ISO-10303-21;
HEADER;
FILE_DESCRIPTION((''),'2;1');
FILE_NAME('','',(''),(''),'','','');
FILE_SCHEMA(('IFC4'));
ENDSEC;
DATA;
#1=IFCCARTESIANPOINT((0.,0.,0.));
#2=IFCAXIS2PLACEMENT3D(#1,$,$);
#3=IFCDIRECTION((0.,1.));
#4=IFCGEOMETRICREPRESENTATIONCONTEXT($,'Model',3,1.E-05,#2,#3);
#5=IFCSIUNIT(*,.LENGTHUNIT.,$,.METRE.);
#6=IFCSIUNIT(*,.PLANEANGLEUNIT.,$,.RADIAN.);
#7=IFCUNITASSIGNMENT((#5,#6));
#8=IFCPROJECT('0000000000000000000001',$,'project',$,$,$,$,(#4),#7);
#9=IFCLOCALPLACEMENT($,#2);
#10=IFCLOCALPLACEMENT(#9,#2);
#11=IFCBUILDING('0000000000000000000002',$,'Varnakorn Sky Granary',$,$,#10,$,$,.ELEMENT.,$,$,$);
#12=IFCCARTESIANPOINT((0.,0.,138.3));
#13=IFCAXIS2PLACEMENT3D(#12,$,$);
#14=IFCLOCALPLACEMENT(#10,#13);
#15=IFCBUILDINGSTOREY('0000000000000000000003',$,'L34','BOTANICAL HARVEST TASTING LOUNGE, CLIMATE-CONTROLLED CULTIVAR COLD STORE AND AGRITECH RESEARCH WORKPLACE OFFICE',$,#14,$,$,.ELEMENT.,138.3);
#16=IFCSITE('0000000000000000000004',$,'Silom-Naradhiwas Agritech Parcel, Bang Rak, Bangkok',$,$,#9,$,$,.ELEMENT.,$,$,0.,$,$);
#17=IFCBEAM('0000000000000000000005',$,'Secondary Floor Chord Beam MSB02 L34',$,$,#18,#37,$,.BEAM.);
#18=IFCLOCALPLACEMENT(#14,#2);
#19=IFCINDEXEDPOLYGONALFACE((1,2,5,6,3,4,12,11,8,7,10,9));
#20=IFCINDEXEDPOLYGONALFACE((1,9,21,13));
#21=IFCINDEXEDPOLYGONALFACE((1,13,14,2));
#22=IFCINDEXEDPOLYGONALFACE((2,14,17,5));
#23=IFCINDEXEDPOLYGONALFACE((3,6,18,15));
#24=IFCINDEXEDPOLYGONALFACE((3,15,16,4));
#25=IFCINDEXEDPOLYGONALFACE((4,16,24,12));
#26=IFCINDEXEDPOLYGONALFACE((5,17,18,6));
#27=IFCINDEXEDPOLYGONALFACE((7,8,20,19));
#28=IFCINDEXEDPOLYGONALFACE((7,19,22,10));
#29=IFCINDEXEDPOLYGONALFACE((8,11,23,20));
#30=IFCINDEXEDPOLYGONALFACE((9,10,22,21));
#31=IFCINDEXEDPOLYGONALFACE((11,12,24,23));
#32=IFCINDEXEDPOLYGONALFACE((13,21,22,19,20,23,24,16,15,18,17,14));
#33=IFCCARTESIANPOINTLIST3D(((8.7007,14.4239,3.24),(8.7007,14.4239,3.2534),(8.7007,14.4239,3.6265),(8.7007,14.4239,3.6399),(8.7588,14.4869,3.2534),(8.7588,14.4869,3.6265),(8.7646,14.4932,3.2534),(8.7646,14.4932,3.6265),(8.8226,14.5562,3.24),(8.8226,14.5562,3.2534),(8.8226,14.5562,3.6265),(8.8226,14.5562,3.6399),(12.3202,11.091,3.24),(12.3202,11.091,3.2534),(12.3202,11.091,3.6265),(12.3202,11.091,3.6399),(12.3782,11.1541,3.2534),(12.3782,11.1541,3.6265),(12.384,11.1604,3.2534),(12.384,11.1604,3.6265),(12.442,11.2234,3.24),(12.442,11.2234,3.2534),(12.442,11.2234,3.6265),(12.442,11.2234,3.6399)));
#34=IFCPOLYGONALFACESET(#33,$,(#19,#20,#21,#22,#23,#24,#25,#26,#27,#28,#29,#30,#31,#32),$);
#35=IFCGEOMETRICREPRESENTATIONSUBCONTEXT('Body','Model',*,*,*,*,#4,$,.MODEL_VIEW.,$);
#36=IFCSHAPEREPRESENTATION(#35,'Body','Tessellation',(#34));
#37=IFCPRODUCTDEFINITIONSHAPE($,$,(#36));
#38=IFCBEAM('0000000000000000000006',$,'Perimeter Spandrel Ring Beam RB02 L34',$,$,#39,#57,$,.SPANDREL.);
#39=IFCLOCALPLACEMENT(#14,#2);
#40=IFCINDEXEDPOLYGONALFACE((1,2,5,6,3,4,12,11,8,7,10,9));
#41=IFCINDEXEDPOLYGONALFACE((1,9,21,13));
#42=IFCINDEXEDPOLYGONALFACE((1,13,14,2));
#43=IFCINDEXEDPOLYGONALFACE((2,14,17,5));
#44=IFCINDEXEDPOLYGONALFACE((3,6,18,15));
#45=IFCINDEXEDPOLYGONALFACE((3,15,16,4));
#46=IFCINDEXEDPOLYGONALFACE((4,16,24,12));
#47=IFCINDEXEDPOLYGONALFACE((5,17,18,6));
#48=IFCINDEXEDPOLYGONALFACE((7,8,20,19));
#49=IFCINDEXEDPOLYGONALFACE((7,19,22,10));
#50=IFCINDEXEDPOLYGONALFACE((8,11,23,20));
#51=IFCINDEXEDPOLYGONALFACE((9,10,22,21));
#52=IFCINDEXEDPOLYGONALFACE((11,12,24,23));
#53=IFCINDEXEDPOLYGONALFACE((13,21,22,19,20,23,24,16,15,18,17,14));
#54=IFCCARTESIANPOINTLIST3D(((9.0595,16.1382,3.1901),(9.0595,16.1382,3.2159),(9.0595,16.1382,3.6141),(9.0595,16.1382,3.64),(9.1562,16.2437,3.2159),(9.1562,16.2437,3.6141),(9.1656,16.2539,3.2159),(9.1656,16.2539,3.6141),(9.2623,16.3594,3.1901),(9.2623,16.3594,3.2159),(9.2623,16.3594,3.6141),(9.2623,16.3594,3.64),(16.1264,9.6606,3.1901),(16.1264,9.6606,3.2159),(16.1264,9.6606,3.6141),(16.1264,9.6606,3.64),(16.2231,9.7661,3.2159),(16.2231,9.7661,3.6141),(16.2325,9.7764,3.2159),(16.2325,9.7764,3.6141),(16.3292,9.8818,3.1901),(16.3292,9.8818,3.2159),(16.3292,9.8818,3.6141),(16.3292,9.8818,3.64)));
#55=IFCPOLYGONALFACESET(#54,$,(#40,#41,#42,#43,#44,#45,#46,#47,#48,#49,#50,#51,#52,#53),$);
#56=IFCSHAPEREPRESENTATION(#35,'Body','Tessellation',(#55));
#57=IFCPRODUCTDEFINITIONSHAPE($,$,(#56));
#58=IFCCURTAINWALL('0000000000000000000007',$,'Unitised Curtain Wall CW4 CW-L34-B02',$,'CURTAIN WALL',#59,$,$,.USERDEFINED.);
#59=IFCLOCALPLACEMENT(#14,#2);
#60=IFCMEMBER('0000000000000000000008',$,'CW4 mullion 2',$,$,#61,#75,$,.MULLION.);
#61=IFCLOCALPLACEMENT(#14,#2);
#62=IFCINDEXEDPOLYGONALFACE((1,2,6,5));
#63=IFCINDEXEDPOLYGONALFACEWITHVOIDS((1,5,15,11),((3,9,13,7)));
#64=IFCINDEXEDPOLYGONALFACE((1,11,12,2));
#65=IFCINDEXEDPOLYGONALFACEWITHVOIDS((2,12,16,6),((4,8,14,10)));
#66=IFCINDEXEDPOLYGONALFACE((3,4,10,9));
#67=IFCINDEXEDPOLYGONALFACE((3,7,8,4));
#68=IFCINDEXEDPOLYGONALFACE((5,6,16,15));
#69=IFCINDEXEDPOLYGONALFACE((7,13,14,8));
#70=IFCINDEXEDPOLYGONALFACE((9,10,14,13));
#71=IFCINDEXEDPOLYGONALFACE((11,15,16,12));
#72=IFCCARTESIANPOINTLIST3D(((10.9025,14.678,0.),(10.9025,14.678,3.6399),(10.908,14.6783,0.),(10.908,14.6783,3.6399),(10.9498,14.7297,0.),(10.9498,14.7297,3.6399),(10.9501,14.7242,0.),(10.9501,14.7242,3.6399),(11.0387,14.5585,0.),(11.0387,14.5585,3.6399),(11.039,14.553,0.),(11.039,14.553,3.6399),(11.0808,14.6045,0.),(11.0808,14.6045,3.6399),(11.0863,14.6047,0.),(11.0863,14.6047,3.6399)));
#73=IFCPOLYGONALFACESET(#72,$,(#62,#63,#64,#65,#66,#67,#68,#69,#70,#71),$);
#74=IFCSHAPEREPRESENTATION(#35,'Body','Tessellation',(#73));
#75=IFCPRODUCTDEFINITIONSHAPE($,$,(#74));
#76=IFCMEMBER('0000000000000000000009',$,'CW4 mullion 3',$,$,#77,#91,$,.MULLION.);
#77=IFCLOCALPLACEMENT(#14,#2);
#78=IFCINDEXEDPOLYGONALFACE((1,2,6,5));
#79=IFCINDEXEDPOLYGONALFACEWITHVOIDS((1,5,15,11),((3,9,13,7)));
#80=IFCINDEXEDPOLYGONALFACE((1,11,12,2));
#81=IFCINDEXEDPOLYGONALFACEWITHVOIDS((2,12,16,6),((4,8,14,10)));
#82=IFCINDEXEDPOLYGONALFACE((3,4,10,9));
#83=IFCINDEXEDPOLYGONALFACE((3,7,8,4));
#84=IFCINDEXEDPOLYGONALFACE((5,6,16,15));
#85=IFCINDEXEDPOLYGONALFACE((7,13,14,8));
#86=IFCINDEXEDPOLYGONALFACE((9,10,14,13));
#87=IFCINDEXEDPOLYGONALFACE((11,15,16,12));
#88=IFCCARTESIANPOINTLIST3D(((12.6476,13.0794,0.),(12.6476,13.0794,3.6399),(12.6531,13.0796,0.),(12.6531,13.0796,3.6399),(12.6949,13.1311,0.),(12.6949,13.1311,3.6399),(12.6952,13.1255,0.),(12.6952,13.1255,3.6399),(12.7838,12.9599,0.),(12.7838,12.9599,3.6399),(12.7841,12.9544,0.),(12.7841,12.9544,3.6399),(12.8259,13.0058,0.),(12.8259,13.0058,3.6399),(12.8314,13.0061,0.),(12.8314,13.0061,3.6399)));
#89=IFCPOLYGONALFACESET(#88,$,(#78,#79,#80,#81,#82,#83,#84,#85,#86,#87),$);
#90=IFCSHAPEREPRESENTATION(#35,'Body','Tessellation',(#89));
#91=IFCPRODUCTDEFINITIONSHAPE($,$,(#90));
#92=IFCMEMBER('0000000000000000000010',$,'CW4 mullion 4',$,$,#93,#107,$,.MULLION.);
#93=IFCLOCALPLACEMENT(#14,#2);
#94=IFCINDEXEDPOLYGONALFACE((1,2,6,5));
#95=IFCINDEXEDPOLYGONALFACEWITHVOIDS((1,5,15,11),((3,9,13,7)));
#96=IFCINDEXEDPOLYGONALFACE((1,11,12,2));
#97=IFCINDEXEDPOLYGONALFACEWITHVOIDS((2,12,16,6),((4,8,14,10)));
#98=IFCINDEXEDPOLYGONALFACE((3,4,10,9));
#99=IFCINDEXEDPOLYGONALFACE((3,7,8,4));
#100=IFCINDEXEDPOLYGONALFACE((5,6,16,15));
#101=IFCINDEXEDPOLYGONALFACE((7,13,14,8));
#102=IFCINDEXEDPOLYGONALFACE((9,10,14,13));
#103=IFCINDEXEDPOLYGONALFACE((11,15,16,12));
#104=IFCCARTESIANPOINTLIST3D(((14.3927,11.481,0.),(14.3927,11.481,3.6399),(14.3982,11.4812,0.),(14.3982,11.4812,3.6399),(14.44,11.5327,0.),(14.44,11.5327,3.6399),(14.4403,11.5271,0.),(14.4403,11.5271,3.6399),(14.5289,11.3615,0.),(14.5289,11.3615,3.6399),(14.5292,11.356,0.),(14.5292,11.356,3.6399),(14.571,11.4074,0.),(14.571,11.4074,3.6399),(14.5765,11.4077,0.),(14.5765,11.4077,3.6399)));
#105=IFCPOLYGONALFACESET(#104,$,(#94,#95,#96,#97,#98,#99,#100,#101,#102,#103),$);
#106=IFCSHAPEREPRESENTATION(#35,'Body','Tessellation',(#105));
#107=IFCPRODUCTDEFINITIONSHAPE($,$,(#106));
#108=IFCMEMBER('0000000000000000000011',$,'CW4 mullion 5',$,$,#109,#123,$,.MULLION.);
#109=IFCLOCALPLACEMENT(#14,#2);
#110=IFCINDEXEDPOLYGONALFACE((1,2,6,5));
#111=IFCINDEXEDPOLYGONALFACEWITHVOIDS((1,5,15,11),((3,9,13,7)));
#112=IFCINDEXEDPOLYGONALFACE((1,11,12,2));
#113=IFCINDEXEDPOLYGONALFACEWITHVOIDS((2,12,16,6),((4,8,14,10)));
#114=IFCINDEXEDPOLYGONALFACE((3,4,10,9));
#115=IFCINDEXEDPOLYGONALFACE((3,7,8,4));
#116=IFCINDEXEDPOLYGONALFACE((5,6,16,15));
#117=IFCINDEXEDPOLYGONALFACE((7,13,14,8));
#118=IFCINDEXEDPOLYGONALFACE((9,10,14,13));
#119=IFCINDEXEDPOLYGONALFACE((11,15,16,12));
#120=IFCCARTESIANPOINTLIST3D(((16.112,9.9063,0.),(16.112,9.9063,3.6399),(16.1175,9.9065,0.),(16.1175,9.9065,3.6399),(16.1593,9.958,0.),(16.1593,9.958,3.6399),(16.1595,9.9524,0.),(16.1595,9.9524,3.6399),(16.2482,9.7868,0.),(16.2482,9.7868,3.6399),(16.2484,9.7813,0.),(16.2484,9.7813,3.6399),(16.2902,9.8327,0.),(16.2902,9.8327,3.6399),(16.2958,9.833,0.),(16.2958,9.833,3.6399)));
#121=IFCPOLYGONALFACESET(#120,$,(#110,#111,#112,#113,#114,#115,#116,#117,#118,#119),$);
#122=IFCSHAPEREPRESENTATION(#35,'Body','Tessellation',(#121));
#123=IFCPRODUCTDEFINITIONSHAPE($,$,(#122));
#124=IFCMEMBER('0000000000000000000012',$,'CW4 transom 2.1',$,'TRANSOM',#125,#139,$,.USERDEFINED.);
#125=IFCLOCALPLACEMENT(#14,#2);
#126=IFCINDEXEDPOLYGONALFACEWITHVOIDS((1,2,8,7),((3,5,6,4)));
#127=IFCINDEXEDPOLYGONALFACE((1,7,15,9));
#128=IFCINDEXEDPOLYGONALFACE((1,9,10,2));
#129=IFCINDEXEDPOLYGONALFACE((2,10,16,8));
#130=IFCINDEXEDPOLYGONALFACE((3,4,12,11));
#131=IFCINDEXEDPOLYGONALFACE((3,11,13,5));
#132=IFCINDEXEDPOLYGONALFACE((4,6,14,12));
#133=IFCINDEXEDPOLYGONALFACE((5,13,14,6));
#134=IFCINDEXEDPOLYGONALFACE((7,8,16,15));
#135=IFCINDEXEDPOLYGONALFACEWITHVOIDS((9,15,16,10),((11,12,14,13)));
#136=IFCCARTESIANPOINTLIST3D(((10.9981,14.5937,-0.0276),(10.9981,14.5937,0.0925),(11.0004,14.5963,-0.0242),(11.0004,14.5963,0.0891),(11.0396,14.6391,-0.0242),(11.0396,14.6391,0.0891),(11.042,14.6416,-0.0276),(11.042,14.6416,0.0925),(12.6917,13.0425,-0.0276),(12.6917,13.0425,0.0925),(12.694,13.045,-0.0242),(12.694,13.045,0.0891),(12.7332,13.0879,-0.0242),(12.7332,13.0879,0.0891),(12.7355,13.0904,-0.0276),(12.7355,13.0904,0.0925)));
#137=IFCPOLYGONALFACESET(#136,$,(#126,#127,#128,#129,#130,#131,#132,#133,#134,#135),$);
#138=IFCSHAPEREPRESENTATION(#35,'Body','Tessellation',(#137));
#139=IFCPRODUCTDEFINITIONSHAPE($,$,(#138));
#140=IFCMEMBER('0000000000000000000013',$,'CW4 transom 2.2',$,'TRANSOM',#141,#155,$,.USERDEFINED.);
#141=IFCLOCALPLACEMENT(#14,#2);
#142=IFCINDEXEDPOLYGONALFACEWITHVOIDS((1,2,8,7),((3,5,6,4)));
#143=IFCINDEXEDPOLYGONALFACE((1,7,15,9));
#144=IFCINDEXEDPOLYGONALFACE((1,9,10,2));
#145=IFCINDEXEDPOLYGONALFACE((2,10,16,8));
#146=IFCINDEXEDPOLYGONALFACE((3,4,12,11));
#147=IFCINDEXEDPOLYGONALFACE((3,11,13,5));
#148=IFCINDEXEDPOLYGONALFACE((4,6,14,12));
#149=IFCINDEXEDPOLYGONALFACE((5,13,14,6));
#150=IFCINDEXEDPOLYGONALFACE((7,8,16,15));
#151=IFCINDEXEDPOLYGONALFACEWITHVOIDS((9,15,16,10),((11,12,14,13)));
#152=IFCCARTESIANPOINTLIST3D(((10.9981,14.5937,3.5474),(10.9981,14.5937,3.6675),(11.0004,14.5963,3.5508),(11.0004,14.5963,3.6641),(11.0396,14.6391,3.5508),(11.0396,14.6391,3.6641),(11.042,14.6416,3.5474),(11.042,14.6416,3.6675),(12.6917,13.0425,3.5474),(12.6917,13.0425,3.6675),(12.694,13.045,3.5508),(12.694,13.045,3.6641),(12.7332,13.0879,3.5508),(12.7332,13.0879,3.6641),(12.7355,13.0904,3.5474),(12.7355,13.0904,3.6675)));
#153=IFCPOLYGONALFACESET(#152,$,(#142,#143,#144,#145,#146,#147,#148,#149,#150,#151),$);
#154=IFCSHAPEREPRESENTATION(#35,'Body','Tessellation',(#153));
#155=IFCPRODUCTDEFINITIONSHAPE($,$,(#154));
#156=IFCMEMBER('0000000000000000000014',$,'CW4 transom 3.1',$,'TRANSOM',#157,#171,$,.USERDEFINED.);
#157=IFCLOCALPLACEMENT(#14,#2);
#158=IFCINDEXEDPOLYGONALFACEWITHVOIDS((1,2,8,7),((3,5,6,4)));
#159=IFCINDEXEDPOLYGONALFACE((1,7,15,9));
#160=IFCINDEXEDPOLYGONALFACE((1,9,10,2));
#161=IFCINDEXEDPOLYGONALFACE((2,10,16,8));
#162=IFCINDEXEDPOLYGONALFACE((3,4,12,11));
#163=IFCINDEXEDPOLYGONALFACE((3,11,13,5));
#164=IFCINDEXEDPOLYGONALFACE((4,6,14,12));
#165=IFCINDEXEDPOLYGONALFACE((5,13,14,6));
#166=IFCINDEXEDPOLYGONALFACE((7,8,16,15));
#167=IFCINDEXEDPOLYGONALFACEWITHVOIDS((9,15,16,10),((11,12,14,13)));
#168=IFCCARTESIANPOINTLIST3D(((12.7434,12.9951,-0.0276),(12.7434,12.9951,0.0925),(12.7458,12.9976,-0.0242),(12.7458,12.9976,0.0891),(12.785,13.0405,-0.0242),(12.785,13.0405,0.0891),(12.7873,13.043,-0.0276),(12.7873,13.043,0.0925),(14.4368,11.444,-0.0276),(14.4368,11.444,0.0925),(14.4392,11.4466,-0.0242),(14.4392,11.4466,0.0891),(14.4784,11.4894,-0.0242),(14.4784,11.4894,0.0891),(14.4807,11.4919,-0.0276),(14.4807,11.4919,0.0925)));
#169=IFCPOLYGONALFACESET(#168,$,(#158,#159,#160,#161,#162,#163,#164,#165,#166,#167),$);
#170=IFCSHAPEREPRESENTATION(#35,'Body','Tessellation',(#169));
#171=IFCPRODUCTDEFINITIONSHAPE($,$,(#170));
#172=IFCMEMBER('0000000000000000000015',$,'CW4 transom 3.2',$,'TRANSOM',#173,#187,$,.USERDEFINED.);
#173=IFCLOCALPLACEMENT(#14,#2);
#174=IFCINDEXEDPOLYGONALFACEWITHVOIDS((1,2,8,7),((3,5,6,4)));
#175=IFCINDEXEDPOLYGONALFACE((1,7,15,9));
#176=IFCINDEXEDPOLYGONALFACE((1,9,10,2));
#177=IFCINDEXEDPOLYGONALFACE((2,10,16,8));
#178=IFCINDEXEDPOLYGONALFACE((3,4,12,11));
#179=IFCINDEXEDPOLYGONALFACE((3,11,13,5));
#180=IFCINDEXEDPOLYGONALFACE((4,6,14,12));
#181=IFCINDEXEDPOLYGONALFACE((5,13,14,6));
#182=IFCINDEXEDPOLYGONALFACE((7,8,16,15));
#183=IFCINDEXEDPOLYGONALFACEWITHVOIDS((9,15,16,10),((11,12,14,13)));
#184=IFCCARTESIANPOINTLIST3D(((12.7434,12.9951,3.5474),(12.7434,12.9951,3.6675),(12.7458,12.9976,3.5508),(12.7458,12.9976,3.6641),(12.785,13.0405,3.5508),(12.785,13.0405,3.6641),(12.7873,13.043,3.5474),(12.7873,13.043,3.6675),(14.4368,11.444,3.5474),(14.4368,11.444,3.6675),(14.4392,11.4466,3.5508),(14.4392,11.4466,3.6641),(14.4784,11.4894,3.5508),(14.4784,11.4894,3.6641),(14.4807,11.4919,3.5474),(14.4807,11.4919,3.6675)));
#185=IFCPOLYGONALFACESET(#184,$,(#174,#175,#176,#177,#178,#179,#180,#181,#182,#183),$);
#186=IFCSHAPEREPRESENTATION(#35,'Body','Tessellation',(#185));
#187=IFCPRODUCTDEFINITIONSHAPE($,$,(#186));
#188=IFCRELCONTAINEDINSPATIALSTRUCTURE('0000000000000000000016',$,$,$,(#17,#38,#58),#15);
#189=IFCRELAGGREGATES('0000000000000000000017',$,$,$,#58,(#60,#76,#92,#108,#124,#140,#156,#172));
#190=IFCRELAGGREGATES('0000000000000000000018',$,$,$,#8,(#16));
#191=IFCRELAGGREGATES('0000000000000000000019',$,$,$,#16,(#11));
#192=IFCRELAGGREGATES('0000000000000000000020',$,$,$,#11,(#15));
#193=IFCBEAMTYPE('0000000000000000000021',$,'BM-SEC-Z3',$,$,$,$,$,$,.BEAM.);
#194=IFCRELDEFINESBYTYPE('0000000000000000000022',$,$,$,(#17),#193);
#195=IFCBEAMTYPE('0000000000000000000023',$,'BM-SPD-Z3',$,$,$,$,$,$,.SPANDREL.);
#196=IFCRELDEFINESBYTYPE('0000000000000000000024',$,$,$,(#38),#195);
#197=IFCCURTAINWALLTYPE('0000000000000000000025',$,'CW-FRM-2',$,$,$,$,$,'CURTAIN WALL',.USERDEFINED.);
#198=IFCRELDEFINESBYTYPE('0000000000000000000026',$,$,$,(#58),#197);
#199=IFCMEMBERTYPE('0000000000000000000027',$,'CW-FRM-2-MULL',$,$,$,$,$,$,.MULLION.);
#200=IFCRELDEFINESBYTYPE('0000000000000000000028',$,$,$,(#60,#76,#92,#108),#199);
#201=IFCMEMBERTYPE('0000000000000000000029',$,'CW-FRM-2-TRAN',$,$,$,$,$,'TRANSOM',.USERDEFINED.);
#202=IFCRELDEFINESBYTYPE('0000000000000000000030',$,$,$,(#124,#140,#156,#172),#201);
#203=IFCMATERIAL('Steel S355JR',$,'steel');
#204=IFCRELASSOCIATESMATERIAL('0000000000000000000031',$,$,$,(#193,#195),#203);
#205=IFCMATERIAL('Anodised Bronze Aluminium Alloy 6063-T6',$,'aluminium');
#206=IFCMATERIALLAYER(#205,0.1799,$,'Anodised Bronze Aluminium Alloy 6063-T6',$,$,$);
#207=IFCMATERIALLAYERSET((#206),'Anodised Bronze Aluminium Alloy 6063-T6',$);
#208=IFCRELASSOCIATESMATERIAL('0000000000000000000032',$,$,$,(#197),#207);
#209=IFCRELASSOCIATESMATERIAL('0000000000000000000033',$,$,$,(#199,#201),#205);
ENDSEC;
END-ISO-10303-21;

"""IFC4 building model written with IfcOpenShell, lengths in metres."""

from ifc_helpers import new_model, si_unit, direction, frame, origin, origin_2d, place, context, subcontext, project, spatial, hollow_rectangle, i_section, extrude, material, layer, layer_set, material_profile, profile_set, type_object, element, aggregate, save


model = new_model("IFC4")

# Units and contexts
model_context = context("Model", 3, precision=1e-05, world=origin(), true_north=direction((0.0, 1.0)))
body_context = subcontext(model_context, "Body", "Model", "MODEL_VIEW")
ifc_project = project(units=[si_unit("LENGTHUNIT", "METRE"), si_unit("PLANEANGLEUNIT", "RADIAN")], contexts=[model_context])

# Site, building, storey
site_placement = place(None, origin())
site = spatial("IfcSite", under=ifc_project, at=site_placement, Name="Silom-Naradhiwas Agritech Parcel, Bang Rak, Bangkok", CompositionType="ELEMENT", RefElevation=0.0)
building_placement = place(site_placement, origin())
building = spatial("IfcBuilding", under=site, at=building_placement, Name="Varnakorn Sky Granary", CompositionType="ELEMENT")
storey_placement = place(building_placement, frame((0.0, 0.0, 138.3)))
storey = spatial("IfcBuildingStorey", under=building, at=storey_placement, Name="L34", Description="BOTANICAL HARVEST TASTING LOUNGE, CLIMATE-CONTROLLED CULTIVAR COLD STORE AND AGRITECH RESEARCH WORKPLACE OFFICE", CompositionType="ELEMENT", Elevation=138.3)

# Beams
ifc_material_1 = material(Name="Steel S355JR", Category="steel")
ifc_material_profile_1 = material_profile(ifc_material_1, i_section(OverallWidth=0.1799, OverallDepth=0.3999, WebThickness=0.0085, FlangeThickness=0.0134, at=origin_2d()), Name="IPE 400")
ifc_profile_set_1 = profile_set([ifc_material_profile_1], Name="Steel S355JR")
beam_type_1 = type_object("IfcBeamType", Name="BM-SEC-Z3", PredefinedType="BEAM", material=ifc_profile_set_1)
beam_1_placement = place(storey_placement, frame((12.3811, 11.1572, 3.4399), z_axis=(-0.735634, 0.677379, 0.0), x_axis=(-0.677379, -0.735634, 0.0)))
element("IfcBeam", 1, at=beam_1_placement, inside=storey, type_object=beam_type_1, Name="Secondary Floor Chord Beam MSB02 L34", PredefinedType="BEAM", context=body_context, shape_type="SweptSolid", body=[
    extrude(i_section(OverallWidth=0.1799, OverallDepth=0.3999, WebThickness=0.0085, FlangeThickness=0.0134, at=origin_2d()), origin(), (0.0, 0.0, 1.0), 4.9202),
])
ifc_material_profile_2 = material_profile(ifc_material_1, i_section(OverallWidth=0.3, OverallDepth=0.45, WebThickness=0.0139, FlangeThickness=0.0259, at=origin_2d()), Name="HE 450 B")
ifc_profile_set_2 = profile_set([ifc_material_profile_2], Name="Steel S355JR")
beam_type_2 = type_object("IfcBeamType", Name="BM-SPD-Z3", PredefinedType="SPANDREL", material=ifc_profile_set_2)
beam_2_placement = place(storey_placement, frame((16.2278, 9.7712, 3.415), z_axis=(-0.737177, 0.675699, 0.0), x_axis=(-0.675699, -0.737177, 0.0)))
element("IfcBeam", 2, at=beam_2_placement, inside=storey, type_object=beam_type_2, Name="Perimeter Spandrel Ring Beam RB02 L34", PredefinedType="SPANDREL", context=body_context, shape_type="SweptSolid", body=[
    extrude(i_section(OverallWidth=0.3, OverallDepth=0.45, WebThickness=0.0139, FlangeThickness=0.0259, at=origin_2d()), origin(), (0.0, 0.0, 1.0), 9.5864),
])

# Curtain wall, members
ifc_material_2 = material(Name="Anodised Bronze Aluminium Alloy 6063-T6", Category="aluminium")
ifc_layer_1 = layer(ifc_material_2, 0.1799, Name="Anodised Bronze Aluminium Alloy 6063-T6")
ifc_layer_set_1 = layer_set([ifc_layer_1], Name="Anodised Bronze Aluminium Alloy 6063-T6")
curtain_wall_type = type_object("IfcCurtainWallType", Name="CW-FRM-2", ElementType="CURTAIN WALL", PredefinedType="USERDEFINED", material=ifc_layer_set_1)
curtain_wall_placement = place(storey_placement, origin())
curtain_wall = element("IfcCurtainWall", 3, at=curtain_wall_placement, inside=storey, type_object=curtain_wall_type, Name="Unitised Curtain Wall CW4 CW-L34-B02", ObjectType="CURTAIN WALL", PredefinedType="USERDEFINED")
ifc_material_profile_3 = material_profile(ifc_material_2, hollow_rectangle(XDim=0.0701, YDim=0.1851, WallThickness=0.0039, at=origin_2d()), Name="ALU MULL 70x185")
ifc_profile_set_3 = profile_set([ifc_material_profile_3], Name="Anodised Bronze Aluminium Alloy 6063-T6")
member_type_1 = type_object("IfcMemberType", Name="CW-FRM-2-MULL", PredefinedType="MULLION", material=ifc_profile_set_3)
member_1_placement = place(storey_placement, frame((10.9944, 14.6414, 0.0), z_axis=(0.0, 0.0, 1.0), x_axis=(0.675438, 0.737417, 0.0)))
member_1 = element("IfcMember", 4, at=member_1_placement, type_object=member_type_1, Name="CW4 mullion 2", PredefinedType="MULLION", context=body_context, shape_type="SweptSolid", body=[
    extrude(hollow_rectangle(XDim=0.0701, YDim=0.1851, WallThickness=0.0039, at=origin_2d()), origin(), (0.0, 0.0, 1.0), 3.6399),
])
member_2_placement = place(storey_placement, frame((12.7395, 13.0427, 0.0), z_axis=(0.0, 0.0, 1.0), x_axis=(0.675438, 0.737417, 0.0)))
member_2 = element("IfcMember", 5, at=member_2_placement, type_object=member_type_1, Name="CW4 mullion 3", PredefinedType="MULLION", context=body_context, shape_type="SweptSolid", body=[
    extrude(hollow_rectangle(XDim=0.0701, YDim=0.1851, WallThickness=0.0039, at=origin_2d()), origin(), (0.0, 0.0, 1.0), 3.6399),
])
member_3_placement = place(storey_placement, frame((14.4846, 11.4443, 0.0), z_axis=(0.0, 0.0, 1.0), x_axis=(0.675438, 0.737417, 0.0)))
member_3 = element("IfcMember", 6, at=member_3_placement, type_object=member_type_1, Name="CW4 mullion 4", PredefinedType="MULLION", context=body_context, shape_type="SweptSolid", body=[
    extrude(hollow_rectangle(XDim=0.0701, YDim=0.1851, WallThickness=0.0039, at=origin_2d()), origin(), (0.0, 0.0, 1.0), 3.6399),
])
member_4_placement = place(storey_placement, frame((16.2039, 9.8696, 0.0), z_axis=(0.0, 0.0, 1.0), x_axis=(0.675438, 0.737417, 0.0)))
member_4 = element("IfcMember", 7, at=member_4_placement, type_object=member_type_1, Name="CW4 mullion 5", PredefinedType="MULLION", context=body_context, shape_type="SweptSolid", body=[
    extrude(hollow_rectangle(XDim=0.0701, YDim=0.1851, WallThickness=0.0039, at=origin_2d()), origin(), (0.0, 0.0, 1.0), 3.6399),
])
ifc_material_profile_4 = material_profile(ifc_material_2, hollow_rectangle(XDim=0.0649, YDim=0.1201, WallThickness=0.0034, at=origin_2d()), Name="ALU TRAN 65x120")
ifc_profile_set_4 = profile_set([ifc_material_profile_4], Name="Anodised Bronze Aluminium Alloy 6063-T6")
member_type_2 = type_object("IfcMemberType", Name="CW-FRM-2-TRAN", ElementType="TRANSOM", PredefinedType="USERDEFINED", material=ifc_profile_set_4)
member_5_placement = place(storey_placement, frame((11.02, 14.6177, 0.0325), z_axis=(0.737414, -0.675441, 0.0), x_axis=(0.675441, 0.737414, 0.0)))
member_5 = element("IfcMember", 8, at=member_5_placement, type_object=member_type_2, Name="CW4 transom 2.1", ObjectType="TRANSOM", PredefinedType="USERDEFINED", context=body_context, shape_type="SweptSolid", body=[
    extrude(hollow_rectangle(XDim=0.0649, YDim=0.1201, WallThickness=0.0034, at=origin_2d()), origin(), (0.0, 0.0, 1.0), 2.2966),
])
member_6_placement = place(storey_placement, frame((11.02, 14.6177, 3.6074), z_axis=(0.737414, -0.675441, 0.0), x_axis=(0.675441, 0.737414, 0.0)))
member_6 = element("IfcMember", 9, at=member_6_placement, type_object=member_type_2, Name="CW4 transom 2.2", ObjectType="TRANSOM", PredefinedType="USERDEFINED", context=body_context, shape_type="SweptSolid", body=[
    extrude(hollow_rectangle(XDim=0.0649, YDim=0.1201, WallThickness=0.0034, at=origin_2d()), origin(), (0.0, 0.0, 1.0), 2.2966),
])
member_7_placement = place(storey_placement, frame((12.7654, 13.019, 0.0325), z_axis=(0.737419, -0.675436, 0.0), x_axis=(0.675436, 0.737419, 0.0)))
member_7 = element("IfcMember", 10, at=member_7_placement, type_object=member_type_2, Name="CW4 transom 3.1", ObjectType="TRANSOM", PredefinedType="USERDEFINED", context=body_context, shape_type="SweptSolid", body=[
    extrude(hollow_rectangle(XDim=0.0649, YDim=0.1201, WallThickness=0.0034, at=origin_2d()), origin(), (0.0, 0.0, 1.0), 2.2964),
])
member_8_placement = place(storey_placement, frame((12.7654, 13.019, 3.6074), z_axis=(0.737419, -0.675436, 0.0), x_axis=(0.675436, 0.737419, 0.0)))
member_8 = element("IfcMember", 11, at=member_8_placement, type_object=member_type_2, Name="CW4 transom 3.2", ObjectType="TRANSOM", PredefinedType="USERDEFINED", context=body_context, shape_type="SweptSolid", body=[
    extrude(hollow_rectangle(XDim=0.0649, YDim=0.1201, WallThickness=0.0034, at=origin_2d()), origin(), (0.0, 0.0, 1.0), 2.2964),
])

aggregate(curtain_wall, [member_1, member_2, member_3, member_4, member_5, member_6, member_7, member_8])

save(model, "model.ifc")
